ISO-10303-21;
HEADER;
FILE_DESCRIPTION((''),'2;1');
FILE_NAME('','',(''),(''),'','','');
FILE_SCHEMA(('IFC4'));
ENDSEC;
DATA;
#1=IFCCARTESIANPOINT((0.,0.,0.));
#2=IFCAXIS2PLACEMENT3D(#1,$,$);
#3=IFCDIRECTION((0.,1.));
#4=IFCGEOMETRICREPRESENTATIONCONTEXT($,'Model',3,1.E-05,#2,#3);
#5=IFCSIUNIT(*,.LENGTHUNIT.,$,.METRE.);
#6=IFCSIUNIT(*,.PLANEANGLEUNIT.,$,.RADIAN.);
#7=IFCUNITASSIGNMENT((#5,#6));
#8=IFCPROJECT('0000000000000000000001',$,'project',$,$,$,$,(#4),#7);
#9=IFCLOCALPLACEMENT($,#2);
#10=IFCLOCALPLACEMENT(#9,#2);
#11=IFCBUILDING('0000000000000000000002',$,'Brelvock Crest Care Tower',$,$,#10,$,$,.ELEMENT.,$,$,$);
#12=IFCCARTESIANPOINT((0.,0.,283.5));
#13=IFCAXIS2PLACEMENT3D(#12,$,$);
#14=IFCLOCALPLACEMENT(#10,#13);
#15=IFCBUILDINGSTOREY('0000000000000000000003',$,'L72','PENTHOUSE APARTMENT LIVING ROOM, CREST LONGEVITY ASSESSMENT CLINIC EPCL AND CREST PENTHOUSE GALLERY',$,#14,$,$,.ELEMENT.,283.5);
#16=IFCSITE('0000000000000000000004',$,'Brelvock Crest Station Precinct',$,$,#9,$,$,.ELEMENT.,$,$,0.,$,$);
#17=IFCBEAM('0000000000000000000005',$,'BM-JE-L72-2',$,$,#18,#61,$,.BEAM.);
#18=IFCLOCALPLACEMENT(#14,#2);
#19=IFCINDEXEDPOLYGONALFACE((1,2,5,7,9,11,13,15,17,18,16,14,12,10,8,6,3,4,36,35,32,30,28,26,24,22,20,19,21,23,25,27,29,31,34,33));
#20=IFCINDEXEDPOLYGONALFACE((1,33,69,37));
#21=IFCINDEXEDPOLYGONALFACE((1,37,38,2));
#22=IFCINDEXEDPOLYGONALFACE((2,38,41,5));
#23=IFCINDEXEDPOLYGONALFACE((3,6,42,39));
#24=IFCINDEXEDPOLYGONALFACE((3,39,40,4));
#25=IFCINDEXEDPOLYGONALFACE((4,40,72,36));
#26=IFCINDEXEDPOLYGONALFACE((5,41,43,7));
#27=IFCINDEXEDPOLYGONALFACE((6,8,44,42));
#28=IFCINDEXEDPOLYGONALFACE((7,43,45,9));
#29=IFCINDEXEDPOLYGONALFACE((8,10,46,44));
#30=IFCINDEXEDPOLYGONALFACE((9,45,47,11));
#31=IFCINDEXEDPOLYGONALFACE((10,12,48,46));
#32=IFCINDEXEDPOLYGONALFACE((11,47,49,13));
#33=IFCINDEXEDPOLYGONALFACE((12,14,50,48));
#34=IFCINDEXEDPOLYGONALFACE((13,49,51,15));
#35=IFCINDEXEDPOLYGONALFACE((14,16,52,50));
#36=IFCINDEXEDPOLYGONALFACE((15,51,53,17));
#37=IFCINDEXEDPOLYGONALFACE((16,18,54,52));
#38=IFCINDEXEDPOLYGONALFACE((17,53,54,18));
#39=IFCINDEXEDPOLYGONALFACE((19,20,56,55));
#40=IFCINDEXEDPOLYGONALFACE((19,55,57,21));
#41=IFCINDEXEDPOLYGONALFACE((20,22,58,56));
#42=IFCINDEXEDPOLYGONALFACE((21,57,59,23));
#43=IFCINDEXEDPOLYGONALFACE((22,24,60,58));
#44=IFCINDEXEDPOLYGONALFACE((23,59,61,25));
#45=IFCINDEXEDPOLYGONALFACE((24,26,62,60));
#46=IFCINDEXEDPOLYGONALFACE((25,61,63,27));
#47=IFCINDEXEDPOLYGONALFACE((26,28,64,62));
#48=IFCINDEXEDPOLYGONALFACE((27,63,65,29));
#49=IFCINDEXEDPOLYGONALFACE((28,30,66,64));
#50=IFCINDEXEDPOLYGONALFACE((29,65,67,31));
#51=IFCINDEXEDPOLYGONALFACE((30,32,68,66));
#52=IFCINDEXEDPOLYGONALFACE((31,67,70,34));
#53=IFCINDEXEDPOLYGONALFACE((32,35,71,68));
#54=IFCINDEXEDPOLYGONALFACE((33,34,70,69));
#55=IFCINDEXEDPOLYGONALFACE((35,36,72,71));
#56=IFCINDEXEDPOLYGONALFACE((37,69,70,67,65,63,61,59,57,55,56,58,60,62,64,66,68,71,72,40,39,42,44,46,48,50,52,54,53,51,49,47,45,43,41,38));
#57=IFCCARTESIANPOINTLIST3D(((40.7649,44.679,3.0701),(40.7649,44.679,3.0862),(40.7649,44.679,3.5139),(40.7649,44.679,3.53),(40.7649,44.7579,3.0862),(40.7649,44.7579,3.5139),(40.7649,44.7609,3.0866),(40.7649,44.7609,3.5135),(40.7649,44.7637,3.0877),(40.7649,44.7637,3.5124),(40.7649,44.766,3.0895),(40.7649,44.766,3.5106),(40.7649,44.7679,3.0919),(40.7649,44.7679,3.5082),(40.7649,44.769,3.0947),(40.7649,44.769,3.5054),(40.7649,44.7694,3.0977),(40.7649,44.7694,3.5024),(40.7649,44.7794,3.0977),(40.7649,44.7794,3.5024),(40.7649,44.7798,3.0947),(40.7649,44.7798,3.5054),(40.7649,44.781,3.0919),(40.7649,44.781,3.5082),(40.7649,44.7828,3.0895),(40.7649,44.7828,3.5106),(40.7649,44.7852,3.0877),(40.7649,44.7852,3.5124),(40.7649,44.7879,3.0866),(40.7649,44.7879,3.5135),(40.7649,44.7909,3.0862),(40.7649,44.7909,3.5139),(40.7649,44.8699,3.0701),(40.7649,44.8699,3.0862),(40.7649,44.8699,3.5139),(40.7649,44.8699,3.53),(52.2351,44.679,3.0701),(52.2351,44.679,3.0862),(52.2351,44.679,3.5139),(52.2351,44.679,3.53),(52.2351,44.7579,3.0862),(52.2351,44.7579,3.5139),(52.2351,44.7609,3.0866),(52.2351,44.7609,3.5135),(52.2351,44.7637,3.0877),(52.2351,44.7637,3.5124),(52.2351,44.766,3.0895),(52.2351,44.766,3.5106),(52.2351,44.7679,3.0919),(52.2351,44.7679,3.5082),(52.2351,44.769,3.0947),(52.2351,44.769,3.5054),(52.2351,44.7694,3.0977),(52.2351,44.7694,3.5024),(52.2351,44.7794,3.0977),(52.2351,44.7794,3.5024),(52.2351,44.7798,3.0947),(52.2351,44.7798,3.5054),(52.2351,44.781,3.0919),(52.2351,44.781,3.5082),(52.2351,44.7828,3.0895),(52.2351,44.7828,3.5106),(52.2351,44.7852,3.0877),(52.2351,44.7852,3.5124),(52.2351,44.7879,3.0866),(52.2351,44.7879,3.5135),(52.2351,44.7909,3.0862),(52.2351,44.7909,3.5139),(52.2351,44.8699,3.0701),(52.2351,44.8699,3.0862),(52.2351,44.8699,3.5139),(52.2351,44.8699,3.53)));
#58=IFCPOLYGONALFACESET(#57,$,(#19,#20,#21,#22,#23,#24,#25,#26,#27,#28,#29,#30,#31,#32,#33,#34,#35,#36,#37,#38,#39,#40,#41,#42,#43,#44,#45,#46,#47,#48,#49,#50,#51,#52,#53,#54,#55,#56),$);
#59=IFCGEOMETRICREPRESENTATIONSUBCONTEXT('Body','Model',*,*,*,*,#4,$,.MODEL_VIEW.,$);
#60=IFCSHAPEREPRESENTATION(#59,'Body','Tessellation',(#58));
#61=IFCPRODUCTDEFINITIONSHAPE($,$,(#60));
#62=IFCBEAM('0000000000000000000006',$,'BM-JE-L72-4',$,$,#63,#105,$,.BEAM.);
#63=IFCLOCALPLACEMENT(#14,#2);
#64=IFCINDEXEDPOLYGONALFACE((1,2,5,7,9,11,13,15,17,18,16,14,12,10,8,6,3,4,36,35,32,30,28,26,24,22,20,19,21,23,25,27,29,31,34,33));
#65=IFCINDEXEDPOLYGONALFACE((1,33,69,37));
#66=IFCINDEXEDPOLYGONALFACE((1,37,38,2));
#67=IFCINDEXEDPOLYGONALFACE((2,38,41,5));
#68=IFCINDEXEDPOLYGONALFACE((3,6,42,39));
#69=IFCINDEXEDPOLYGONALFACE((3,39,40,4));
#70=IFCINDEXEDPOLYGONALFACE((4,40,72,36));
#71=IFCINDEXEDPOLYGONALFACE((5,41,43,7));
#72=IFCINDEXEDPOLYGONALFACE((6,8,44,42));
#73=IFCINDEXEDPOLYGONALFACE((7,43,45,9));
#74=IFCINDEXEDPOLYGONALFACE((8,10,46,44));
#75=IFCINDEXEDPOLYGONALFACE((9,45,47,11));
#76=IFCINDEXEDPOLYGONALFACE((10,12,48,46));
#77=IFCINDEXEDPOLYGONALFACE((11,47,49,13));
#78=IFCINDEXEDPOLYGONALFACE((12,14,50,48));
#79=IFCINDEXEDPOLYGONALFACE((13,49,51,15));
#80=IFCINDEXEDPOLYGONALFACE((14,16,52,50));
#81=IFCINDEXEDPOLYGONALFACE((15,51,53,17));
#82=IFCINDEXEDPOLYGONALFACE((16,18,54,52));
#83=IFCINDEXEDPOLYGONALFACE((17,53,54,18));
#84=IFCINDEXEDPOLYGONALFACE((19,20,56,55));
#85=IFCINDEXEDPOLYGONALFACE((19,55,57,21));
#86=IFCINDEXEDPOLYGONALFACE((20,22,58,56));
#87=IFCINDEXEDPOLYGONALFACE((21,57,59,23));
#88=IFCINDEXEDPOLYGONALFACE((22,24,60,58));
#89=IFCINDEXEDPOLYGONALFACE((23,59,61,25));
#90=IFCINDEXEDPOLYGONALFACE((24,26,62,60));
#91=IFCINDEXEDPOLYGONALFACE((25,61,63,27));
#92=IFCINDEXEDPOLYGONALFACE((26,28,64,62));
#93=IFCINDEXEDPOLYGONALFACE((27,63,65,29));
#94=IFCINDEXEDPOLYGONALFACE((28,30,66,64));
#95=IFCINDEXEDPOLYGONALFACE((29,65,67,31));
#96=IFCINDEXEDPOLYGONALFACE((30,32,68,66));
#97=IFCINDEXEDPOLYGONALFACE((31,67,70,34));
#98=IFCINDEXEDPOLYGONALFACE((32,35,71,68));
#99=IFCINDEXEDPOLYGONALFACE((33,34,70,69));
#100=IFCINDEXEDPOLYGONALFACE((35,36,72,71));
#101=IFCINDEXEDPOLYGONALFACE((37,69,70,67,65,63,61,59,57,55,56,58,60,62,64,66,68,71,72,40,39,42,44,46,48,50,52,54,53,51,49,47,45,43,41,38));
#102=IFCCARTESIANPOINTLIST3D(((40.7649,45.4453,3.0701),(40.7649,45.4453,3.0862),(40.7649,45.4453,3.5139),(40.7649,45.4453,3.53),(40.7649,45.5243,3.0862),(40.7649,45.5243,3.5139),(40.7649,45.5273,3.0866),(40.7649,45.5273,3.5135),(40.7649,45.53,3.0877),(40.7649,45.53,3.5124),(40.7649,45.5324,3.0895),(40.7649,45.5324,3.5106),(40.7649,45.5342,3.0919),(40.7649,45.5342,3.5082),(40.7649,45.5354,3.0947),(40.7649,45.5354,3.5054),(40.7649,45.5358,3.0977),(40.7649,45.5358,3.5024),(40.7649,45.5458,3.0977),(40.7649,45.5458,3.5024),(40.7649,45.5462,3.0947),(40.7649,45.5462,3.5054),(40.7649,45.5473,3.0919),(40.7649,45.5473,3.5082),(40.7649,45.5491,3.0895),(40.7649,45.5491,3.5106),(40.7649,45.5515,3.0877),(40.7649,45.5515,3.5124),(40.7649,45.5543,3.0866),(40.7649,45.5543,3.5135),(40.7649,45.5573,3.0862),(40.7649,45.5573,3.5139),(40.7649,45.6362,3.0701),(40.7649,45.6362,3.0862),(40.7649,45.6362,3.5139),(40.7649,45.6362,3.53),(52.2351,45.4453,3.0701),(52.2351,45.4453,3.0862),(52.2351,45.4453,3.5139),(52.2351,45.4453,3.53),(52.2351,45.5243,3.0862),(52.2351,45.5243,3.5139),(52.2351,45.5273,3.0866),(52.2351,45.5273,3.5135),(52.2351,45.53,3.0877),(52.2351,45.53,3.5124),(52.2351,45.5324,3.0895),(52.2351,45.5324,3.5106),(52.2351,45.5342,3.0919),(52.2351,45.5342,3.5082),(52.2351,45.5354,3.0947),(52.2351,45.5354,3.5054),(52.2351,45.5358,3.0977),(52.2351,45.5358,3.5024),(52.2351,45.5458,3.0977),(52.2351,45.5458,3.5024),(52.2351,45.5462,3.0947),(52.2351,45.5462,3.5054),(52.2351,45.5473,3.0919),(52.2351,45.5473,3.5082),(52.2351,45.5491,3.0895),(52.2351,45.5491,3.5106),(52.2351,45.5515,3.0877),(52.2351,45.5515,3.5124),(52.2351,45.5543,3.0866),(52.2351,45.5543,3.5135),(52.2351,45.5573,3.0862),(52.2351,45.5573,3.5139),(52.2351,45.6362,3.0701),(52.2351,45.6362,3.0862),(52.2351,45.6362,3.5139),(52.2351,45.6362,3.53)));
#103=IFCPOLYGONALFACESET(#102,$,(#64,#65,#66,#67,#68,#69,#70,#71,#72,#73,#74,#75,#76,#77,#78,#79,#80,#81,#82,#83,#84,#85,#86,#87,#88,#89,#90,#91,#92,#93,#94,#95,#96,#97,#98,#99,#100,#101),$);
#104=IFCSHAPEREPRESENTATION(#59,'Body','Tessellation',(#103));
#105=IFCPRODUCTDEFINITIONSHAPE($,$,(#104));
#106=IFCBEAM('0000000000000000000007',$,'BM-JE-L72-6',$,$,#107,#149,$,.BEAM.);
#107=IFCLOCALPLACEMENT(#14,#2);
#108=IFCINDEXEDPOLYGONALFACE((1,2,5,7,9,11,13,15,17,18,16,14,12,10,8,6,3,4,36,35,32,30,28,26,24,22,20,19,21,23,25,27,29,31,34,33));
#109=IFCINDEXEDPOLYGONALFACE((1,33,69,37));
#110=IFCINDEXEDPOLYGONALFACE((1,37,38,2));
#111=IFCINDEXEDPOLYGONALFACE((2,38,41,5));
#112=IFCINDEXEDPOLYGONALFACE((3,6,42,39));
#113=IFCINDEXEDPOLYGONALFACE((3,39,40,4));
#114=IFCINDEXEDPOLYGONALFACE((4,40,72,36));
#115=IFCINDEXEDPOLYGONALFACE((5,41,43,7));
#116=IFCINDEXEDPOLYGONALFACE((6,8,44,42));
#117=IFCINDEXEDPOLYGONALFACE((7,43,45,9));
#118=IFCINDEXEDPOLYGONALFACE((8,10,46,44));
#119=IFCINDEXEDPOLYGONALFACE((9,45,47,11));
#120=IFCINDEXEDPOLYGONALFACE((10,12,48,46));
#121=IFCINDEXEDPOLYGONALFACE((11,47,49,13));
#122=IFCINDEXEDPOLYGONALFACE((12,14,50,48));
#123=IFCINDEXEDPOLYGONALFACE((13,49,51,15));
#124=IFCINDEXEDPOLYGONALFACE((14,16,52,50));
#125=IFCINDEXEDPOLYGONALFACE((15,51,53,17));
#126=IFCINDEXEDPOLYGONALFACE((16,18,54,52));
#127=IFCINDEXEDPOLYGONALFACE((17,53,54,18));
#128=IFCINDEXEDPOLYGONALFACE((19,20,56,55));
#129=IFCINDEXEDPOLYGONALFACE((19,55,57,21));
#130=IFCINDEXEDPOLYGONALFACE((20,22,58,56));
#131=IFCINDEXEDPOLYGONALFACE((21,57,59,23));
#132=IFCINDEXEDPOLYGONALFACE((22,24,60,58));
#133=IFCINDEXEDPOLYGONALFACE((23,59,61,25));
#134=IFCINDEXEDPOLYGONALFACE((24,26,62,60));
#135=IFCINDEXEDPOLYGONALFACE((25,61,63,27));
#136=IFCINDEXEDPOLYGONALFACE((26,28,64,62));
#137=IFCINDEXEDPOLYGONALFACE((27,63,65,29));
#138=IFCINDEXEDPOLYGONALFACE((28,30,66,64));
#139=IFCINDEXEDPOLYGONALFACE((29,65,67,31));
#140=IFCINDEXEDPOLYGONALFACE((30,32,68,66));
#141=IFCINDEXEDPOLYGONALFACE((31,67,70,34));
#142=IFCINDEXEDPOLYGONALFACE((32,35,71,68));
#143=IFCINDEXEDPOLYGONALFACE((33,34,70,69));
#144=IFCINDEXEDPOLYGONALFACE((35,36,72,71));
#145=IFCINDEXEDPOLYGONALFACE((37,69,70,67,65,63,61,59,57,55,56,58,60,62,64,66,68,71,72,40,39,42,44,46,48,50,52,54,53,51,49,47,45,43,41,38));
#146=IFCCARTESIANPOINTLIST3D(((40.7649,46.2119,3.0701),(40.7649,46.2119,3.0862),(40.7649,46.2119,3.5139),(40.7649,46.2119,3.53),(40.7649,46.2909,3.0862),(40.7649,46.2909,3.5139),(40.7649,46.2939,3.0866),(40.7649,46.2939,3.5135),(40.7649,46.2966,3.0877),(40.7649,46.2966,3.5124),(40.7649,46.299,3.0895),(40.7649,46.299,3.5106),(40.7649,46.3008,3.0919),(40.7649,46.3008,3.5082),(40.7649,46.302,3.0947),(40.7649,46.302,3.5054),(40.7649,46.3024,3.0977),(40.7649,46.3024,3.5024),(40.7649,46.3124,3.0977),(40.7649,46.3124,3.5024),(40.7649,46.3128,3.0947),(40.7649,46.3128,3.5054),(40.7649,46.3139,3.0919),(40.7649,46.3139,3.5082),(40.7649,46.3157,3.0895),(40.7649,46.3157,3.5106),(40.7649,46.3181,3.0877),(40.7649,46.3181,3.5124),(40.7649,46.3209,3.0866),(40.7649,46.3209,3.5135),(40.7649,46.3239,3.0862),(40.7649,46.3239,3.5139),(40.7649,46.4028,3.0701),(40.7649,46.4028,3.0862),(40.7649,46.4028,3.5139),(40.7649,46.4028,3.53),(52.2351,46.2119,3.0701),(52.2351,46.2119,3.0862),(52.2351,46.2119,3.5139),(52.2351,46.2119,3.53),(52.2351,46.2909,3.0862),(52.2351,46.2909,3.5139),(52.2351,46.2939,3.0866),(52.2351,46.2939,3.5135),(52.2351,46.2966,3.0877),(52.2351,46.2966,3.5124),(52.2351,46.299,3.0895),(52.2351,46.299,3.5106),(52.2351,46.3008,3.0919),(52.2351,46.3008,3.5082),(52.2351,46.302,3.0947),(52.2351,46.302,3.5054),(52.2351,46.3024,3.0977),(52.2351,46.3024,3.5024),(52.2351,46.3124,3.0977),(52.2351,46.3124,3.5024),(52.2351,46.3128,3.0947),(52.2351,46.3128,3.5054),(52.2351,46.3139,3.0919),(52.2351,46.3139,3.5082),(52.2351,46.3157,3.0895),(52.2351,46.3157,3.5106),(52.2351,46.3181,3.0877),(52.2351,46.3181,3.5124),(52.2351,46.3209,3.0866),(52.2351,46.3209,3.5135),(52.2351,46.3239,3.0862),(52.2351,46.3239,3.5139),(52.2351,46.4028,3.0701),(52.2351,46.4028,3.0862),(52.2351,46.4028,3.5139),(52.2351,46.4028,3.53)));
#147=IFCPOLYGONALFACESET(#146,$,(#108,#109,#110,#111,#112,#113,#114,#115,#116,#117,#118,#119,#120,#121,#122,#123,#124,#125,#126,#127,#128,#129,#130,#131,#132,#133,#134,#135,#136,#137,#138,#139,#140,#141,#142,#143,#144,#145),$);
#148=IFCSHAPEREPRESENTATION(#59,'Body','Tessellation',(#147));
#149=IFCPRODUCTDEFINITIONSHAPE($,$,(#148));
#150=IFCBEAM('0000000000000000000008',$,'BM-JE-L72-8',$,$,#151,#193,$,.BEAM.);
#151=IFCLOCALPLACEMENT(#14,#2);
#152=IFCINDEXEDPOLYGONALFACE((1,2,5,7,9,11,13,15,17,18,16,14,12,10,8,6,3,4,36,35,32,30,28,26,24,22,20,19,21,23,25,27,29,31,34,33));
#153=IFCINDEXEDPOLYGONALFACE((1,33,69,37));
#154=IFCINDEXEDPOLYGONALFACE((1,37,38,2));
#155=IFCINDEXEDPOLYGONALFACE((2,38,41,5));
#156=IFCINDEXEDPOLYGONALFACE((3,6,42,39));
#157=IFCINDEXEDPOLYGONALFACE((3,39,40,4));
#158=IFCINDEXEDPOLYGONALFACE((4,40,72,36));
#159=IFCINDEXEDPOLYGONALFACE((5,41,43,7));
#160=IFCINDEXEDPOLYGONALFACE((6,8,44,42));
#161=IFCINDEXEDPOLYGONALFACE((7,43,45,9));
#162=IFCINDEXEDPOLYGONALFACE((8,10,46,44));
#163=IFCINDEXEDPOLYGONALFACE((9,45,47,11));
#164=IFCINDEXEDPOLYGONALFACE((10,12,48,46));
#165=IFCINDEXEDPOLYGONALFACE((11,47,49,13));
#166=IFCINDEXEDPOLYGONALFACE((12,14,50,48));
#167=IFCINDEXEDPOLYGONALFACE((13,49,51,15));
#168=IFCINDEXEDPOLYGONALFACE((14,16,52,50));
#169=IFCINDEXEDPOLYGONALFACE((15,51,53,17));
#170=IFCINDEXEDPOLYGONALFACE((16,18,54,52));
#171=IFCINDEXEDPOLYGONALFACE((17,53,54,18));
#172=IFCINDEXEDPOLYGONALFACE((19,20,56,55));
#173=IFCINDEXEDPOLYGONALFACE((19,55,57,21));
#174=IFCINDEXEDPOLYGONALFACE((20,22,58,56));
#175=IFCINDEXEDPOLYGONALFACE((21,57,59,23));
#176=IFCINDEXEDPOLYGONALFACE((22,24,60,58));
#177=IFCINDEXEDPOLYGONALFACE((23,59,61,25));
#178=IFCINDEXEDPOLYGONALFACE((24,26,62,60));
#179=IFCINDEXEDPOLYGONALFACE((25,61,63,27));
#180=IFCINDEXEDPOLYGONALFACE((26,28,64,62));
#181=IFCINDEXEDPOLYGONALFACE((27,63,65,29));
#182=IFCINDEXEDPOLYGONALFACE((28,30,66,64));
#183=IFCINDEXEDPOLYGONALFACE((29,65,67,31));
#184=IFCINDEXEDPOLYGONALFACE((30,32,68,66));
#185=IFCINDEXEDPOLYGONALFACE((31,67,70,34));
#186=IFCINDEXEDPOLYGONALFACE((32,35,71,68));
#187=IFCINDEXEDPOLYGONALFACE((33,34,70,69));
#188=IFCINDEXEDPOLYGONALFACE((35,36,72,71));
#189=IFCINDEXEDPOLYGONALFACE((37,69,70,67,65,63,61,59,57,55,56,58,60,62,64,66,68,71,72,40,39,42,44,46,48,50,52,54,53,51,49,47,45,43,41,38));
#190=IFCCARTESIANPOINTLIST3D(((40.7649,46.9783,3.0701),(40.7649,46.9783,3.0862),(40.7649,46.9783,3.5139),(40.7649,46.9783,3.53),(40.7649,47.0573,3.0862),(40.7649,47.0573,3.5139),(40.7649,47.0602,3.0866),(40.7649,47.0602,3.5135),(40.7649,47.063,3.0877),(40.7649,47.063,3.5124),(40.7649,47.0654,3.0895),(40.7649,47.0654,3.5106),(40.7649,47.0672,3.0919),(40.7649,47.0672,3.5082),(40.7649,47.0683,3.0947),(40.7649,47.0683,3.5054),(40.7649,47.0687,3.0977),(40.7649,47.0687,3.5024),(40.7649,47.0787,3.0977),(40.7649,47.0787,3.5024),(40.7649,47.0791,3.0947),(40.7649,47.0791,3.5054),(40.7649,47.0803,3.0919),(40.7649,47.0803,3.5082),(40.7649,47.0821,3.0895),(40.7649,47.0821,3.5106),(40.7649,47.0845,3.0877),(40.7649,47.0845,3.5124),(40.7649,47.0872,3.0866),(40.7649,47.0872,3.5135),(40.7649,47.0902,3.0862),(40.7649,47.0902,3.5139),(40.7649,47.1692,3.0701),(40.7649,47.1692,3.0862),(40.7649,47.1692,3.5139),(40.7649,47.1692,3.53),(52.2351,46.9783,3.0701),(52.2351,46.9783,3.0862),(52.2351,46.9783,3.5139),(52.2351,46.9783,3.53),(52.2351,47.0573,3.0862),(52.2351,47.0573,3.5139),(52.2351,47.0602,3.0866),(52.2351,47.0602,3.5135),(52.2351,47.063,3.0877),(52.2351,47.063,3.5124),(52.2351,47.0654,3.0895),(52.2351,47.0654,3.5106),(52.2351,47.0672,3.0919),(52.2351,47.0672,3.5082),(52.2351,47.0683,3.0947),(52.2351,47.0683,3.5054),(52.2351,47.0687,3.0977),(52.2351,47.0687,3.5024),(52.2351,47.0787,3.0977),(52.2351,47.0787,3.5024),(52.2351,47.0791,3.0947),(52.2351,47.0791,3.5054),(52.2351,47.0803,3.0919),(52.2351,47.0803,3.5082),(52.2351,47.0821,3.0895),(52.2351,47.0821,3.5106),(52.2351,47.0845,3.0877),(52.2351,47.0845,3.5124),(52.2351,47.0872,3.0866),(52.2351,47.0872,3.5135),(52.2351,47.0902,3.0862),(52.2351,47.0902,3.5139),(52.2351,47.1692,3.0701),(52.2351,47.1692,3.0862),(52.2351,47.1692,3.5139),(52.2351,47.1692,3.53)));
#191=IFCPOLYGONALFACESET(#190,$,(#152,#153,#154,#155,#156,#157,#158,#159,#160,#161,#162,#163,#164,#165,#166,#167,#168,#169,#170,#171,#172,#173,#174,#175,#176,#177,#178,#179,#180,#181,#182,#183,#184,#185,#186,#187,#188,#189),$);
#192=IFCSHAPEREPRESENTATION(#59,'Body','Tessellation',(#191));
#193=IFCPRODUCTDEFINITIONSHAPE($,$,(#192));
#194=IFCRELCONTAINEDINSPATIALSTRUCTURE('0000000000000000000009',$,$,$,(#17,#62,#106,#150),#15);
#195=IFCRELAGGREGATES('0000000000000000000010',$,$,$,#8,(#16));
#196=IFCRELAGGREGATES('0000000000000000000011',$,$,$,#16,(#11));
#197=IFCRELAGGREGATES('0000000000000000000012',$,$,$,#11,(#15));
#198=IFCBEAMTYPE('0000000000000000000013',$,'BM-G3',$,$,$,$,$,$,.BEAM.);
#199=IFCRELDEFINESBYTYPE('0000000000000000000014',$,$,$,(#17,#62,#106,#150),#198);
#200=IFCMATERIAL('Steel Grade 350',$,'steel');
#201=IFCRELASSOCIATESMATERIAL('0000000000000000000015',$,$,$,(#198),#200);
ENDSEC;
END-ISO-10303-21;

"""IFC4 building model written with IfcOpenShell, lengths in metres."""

from ifc_helpers import new_model, si_unit, direction, frame, origin, origin_2d, place, context, subcontext, project, spatial, i_section, extrude, source, transform, mapped, material, material_profile, profile_set, type_object, element, save


model = new_model("IFC4")

# Units and contexts
model_context = context("Model", 3, precision=1e-05, world=origin(), true_north=direction((0.0, 1.0)))
body_context = subcontext(model_context, "Body", "Model", "MODEL_VIEW")
ifc_project = project(units=[si_unit("LENGTHUNIT", "METRE"), si_unit("PLANEANGLEUNIT", "RADIAN")], contexts=[model_context])

# Site, building, storey
site_placement = place(None, origin())
site = spatial("IfcSite", under=ifc_project, at=site_placement, Name="Brelvock Crest Station Precinct", CompositionType="ELEMENT", RefElevation=0.0)
building_placement = place(site_placement, origin())
building = spatial("IfcBuilding", under=site, at=building_placement, Name="Brelvock Crest Care Tower", CompositionType="ELEMENT")
storey_placement = place(building_placement, frame((0.0, 0.0, 283.5)))
storey = spatial("IfcBuildingStorey", under=building, at=storey_placement, Name="L72", Description="PENTHOUSE APARTMENT LIVING ROOM, CREST LONGEVITY ASSESSMENT CLINIC EPCL AND CREST PENTHOUSE GALLERY", CompositionType="ELEMENT", Elevation=283.5)

# Beams
ifc_material_1 = material(Name="Steel Grade 350", Category="steel")
ifc_material_profile_1 = material_profile(ifc_material_1, i_section(OverallWidth=0.1909, OverallDepth=0.46, WebThickness=0.01, FlangeThickness=0.0161, FilletRadius=0.0115, at=origin_2d()), Name="460UB82.1")
ifc_profile_set_1 = profile_set([ifc_material_profile_1], Name="Steel Grade 350")
beam_type_1 = type_object("IfcBeamType", Name="BM-G3", PredefinedType="BEAM", material=ifc_profile_set_1)
shared_shape_1 = source(origin(), body_context, "Body", "SweptSolid", [
    extrude(i_section(OverallWidth=0.1909, OverallDepth=0.46, WebThickness=0.01, FlangeThickness=0.0161, FilletRadius=0.0115, at=origin_2d()), origin(), (0.0, 0.0, 1.0), 11.4702),
])
for number, where, z_axis, x_axis, name in (
    (1, (40.7649, 44.7744, 3.3), (1.0, 0.0, 0.0), (0.0, 1.0, 0.0), "BM-JE-L72-2"),
    (2, (40.7649, 45.5408, 3.3), (1.0, 0.0, 0.0), (0.0, 1.0, 0.0), "BM-JE-L72-4"),
    (3, (40.7649, 46.3074, 3.3), (1.0, 0.0, 0.0), (0.0, 1.0, 0.0), "BM-JE-L72-6"),
    (4, (40.7649, 47.0737, 3.3), (1.0, 0.0, 0.0), (0.0, 1.0, 0.0), "BM-JE-L72-8"),
):
    element("IfcBeam", number, at=place(storey_placement, frame(where, z_axis=z_axis, x_axis=x_axis)), inside=storey, type_object=beam_type_1, Name=name, PredefinedType="BEAM", context=body_context, shape_type="MappedRepresentation", body=[
        mapped(shared_shape_1, transform((0.0, 0.0, 0.0), x_axis=(1.0, 0.0, 0.0), y_axis=(0.0, 1.0, 0.0), z_axis=(0.0, 0.0, 1.0), scale=1.0)),
    ])

save(model, "model.ifc")
